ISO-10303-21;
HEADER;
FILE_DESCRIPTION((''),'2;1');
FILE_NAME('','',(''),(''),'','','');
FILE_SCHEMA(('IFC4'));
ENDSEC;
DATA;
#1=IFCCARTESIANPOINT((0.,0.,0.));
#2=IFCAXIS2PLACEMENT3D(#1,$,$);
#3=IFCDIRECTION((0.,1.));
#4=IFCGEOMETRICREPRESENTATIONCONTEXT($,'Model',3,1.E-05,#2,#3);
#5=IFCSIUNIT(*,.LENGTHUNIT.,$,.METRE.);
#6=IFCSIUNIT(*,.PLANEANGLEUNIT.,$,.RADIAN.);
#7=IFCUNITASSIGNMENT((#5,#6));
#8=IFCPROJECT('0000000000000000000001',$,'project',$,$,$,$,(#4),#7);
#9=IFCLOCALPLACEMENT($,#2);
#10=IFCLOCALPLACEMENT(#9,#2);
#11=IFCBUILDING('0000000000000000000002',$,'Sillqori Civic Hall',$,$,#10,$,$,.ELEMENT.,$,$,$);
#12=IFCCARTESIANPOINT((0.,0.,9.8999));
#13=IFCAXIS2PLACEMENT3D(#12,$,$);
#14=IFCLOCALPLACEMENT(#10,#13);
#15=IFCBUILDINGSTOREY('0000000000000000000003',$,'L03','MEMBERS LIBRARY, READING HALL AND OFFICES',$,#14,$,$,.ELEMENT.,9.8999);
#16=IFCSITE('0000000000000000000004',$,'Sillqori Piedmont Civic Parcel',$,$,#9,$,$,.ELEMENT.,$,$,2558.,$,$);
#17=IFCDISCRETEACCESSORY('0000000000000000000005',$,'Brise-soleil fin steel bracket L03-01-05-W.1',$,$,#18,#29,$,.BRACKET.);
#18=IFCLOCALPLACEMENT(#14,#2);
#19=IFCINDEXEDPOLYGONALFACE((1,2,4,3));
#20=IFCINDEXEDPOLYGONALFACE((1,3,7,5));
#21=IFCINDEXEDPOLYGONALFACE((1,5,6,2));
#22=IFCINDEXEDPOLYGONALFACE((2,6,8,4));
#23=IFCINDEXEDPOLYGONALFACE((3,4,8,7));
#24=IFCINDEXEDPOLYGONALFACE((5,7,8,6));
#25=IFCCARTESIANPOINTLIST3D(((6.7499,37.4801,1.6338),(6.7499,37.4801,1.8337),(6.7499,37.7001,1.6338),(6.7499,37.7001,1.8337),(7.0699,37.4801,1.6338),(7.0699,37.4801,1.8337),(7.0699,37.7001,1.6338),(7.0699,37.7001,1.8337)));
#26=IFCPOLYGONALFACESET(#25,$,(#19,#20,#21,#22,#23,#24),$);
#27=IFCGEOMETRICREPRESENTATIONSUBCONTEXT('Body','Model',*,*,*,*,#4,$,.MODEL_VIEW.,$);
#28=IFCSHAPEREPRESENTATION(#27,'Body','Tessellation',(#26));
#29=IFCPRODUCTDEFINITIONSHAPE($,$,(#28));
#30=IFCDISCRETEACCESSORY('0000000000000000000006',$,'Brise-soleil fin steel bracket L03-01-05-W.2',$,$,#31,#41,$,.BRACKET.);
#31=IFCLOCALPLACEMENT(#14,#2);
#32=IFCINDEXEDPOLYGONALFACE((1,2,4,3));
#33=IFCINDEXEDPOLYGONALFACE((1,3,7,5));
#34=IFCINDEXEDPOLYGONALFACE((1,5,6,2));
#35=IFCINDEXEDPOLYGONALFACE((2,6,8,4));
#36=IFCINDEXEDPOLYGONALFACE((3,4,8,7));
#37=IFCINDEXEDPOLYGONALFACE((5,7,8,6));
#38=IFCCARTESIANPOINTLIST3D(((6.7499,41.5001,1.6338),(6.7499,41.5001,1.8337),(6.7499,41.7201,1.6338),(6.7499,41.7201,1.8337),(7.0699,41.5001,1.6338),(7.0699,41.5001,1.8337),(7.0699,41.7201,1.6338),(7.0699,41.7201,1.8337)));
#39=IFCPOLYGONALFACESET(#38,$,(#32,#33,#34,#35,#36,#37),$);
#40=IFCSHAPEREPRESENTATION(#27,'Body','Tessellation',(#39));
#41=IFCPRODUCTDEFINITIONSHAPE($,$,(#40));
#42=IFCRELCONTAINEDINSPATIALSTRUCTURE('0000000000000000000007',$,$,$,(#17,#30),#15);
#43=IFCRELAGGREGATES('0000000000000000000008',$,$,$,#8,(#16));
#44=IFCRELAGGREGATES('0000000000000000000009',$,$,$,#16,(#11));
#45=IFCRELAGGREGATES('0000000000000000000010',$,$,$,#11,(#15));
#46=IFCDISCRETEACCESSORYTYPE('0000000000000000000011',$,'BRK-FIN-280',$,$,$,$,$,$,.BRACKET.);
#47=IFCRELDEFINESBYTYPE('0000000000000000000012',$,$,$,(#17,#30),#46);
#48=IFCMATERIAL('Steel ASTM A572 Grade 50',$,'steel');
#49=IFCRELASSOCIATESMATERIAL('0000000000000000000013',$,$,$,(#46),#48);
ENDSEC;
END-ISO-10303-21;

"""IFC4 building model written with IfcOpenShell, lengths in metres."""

from ifc_helpers import new_model, si_unit, direction, frame, origin, origin_2d, place, context, subcontext, project, spatial, rectangle, extrude, material, type_object, element, save


model = new_model("IFC4")

# Units and contexts
model_context = context("Model", 3, precision=1e-05, world=origin(), true_north=direction((0.0, 1.0)))
body_context = subcontext(model_context, "Body", "Model", "MODEL_VIEW")
ifc_project = project(units=[si_unit("LENGTHUNIT", "METRE"), si_unit("PLANEANGLEUNIT", "RADIAN")], contexts=[model_context])

# Site, building, storey
site_placement = place(None, origin())
site = spatial("IfcSite", under=ifc_project, at=site_placement, Name="Sillqori Piedmont Civic Parcel", CompositionType="ELEMENT", RefElevation=2558.0)
building_placement = place(site_placement, origin())
building = spatial("IfcBuilding", under=site, at=building_placement, Name="Sillqori Civic Hall", CompositionType="ELEMENT")
storey_placement = place(building_placement, frame((0.0, 0.0, 9.8999)))
storey = spatial("IfcBuildingStorey", under=building, at=storey_placement, Name="L03", Description="MEMBERS LIBRARY, READING HALL AND OFFICES", CompositionType="ELEMENT", Elevation=9.8999)

# Discrete accessories
ifc_material_1 = material(Name="Steel ASTM A572 Grade 50", Category="steel")
discrete_accessory_type = type_object("IfcDiscreteAccessoryType", Name="BRK-FIN-280", PredefinedType="BRACKET", material=ifc_material_1)
for number, where, z_axis, x_axis, name in (
    (1, (6.9099, 37.5901, 1.6338), (0.0, 0.0, 1.0), (0.0, 1.0, 0.0), "Brise-soleil fin steel bracket L03-01-05-W.1"),
    (2, (6.9099, 41.6101, 1.6338), (0.0, 0.0, 1.0), (0.0, 1.0, 0.0), "Brise-soleil fin steel bracket L03-01-05-W.2"),
):
    element("IfcDiscreteAccessory", number, at=place(storey_placement, frame(where, z_axis=z_axis, x_axis=x_axis)), inside=storey, type_object=discrete_accessory_type, Name=name, PredefinedType="BRACKET", context=body_context, shape_type="SweptSolid", body=[
        extrude(rectangle(XDim=0.22, YDim=0.3201, at=origin_2d()), origin(), (0.0, 0.0, 1.0), 0.2),
    ])

save(model, "model.ifc")
